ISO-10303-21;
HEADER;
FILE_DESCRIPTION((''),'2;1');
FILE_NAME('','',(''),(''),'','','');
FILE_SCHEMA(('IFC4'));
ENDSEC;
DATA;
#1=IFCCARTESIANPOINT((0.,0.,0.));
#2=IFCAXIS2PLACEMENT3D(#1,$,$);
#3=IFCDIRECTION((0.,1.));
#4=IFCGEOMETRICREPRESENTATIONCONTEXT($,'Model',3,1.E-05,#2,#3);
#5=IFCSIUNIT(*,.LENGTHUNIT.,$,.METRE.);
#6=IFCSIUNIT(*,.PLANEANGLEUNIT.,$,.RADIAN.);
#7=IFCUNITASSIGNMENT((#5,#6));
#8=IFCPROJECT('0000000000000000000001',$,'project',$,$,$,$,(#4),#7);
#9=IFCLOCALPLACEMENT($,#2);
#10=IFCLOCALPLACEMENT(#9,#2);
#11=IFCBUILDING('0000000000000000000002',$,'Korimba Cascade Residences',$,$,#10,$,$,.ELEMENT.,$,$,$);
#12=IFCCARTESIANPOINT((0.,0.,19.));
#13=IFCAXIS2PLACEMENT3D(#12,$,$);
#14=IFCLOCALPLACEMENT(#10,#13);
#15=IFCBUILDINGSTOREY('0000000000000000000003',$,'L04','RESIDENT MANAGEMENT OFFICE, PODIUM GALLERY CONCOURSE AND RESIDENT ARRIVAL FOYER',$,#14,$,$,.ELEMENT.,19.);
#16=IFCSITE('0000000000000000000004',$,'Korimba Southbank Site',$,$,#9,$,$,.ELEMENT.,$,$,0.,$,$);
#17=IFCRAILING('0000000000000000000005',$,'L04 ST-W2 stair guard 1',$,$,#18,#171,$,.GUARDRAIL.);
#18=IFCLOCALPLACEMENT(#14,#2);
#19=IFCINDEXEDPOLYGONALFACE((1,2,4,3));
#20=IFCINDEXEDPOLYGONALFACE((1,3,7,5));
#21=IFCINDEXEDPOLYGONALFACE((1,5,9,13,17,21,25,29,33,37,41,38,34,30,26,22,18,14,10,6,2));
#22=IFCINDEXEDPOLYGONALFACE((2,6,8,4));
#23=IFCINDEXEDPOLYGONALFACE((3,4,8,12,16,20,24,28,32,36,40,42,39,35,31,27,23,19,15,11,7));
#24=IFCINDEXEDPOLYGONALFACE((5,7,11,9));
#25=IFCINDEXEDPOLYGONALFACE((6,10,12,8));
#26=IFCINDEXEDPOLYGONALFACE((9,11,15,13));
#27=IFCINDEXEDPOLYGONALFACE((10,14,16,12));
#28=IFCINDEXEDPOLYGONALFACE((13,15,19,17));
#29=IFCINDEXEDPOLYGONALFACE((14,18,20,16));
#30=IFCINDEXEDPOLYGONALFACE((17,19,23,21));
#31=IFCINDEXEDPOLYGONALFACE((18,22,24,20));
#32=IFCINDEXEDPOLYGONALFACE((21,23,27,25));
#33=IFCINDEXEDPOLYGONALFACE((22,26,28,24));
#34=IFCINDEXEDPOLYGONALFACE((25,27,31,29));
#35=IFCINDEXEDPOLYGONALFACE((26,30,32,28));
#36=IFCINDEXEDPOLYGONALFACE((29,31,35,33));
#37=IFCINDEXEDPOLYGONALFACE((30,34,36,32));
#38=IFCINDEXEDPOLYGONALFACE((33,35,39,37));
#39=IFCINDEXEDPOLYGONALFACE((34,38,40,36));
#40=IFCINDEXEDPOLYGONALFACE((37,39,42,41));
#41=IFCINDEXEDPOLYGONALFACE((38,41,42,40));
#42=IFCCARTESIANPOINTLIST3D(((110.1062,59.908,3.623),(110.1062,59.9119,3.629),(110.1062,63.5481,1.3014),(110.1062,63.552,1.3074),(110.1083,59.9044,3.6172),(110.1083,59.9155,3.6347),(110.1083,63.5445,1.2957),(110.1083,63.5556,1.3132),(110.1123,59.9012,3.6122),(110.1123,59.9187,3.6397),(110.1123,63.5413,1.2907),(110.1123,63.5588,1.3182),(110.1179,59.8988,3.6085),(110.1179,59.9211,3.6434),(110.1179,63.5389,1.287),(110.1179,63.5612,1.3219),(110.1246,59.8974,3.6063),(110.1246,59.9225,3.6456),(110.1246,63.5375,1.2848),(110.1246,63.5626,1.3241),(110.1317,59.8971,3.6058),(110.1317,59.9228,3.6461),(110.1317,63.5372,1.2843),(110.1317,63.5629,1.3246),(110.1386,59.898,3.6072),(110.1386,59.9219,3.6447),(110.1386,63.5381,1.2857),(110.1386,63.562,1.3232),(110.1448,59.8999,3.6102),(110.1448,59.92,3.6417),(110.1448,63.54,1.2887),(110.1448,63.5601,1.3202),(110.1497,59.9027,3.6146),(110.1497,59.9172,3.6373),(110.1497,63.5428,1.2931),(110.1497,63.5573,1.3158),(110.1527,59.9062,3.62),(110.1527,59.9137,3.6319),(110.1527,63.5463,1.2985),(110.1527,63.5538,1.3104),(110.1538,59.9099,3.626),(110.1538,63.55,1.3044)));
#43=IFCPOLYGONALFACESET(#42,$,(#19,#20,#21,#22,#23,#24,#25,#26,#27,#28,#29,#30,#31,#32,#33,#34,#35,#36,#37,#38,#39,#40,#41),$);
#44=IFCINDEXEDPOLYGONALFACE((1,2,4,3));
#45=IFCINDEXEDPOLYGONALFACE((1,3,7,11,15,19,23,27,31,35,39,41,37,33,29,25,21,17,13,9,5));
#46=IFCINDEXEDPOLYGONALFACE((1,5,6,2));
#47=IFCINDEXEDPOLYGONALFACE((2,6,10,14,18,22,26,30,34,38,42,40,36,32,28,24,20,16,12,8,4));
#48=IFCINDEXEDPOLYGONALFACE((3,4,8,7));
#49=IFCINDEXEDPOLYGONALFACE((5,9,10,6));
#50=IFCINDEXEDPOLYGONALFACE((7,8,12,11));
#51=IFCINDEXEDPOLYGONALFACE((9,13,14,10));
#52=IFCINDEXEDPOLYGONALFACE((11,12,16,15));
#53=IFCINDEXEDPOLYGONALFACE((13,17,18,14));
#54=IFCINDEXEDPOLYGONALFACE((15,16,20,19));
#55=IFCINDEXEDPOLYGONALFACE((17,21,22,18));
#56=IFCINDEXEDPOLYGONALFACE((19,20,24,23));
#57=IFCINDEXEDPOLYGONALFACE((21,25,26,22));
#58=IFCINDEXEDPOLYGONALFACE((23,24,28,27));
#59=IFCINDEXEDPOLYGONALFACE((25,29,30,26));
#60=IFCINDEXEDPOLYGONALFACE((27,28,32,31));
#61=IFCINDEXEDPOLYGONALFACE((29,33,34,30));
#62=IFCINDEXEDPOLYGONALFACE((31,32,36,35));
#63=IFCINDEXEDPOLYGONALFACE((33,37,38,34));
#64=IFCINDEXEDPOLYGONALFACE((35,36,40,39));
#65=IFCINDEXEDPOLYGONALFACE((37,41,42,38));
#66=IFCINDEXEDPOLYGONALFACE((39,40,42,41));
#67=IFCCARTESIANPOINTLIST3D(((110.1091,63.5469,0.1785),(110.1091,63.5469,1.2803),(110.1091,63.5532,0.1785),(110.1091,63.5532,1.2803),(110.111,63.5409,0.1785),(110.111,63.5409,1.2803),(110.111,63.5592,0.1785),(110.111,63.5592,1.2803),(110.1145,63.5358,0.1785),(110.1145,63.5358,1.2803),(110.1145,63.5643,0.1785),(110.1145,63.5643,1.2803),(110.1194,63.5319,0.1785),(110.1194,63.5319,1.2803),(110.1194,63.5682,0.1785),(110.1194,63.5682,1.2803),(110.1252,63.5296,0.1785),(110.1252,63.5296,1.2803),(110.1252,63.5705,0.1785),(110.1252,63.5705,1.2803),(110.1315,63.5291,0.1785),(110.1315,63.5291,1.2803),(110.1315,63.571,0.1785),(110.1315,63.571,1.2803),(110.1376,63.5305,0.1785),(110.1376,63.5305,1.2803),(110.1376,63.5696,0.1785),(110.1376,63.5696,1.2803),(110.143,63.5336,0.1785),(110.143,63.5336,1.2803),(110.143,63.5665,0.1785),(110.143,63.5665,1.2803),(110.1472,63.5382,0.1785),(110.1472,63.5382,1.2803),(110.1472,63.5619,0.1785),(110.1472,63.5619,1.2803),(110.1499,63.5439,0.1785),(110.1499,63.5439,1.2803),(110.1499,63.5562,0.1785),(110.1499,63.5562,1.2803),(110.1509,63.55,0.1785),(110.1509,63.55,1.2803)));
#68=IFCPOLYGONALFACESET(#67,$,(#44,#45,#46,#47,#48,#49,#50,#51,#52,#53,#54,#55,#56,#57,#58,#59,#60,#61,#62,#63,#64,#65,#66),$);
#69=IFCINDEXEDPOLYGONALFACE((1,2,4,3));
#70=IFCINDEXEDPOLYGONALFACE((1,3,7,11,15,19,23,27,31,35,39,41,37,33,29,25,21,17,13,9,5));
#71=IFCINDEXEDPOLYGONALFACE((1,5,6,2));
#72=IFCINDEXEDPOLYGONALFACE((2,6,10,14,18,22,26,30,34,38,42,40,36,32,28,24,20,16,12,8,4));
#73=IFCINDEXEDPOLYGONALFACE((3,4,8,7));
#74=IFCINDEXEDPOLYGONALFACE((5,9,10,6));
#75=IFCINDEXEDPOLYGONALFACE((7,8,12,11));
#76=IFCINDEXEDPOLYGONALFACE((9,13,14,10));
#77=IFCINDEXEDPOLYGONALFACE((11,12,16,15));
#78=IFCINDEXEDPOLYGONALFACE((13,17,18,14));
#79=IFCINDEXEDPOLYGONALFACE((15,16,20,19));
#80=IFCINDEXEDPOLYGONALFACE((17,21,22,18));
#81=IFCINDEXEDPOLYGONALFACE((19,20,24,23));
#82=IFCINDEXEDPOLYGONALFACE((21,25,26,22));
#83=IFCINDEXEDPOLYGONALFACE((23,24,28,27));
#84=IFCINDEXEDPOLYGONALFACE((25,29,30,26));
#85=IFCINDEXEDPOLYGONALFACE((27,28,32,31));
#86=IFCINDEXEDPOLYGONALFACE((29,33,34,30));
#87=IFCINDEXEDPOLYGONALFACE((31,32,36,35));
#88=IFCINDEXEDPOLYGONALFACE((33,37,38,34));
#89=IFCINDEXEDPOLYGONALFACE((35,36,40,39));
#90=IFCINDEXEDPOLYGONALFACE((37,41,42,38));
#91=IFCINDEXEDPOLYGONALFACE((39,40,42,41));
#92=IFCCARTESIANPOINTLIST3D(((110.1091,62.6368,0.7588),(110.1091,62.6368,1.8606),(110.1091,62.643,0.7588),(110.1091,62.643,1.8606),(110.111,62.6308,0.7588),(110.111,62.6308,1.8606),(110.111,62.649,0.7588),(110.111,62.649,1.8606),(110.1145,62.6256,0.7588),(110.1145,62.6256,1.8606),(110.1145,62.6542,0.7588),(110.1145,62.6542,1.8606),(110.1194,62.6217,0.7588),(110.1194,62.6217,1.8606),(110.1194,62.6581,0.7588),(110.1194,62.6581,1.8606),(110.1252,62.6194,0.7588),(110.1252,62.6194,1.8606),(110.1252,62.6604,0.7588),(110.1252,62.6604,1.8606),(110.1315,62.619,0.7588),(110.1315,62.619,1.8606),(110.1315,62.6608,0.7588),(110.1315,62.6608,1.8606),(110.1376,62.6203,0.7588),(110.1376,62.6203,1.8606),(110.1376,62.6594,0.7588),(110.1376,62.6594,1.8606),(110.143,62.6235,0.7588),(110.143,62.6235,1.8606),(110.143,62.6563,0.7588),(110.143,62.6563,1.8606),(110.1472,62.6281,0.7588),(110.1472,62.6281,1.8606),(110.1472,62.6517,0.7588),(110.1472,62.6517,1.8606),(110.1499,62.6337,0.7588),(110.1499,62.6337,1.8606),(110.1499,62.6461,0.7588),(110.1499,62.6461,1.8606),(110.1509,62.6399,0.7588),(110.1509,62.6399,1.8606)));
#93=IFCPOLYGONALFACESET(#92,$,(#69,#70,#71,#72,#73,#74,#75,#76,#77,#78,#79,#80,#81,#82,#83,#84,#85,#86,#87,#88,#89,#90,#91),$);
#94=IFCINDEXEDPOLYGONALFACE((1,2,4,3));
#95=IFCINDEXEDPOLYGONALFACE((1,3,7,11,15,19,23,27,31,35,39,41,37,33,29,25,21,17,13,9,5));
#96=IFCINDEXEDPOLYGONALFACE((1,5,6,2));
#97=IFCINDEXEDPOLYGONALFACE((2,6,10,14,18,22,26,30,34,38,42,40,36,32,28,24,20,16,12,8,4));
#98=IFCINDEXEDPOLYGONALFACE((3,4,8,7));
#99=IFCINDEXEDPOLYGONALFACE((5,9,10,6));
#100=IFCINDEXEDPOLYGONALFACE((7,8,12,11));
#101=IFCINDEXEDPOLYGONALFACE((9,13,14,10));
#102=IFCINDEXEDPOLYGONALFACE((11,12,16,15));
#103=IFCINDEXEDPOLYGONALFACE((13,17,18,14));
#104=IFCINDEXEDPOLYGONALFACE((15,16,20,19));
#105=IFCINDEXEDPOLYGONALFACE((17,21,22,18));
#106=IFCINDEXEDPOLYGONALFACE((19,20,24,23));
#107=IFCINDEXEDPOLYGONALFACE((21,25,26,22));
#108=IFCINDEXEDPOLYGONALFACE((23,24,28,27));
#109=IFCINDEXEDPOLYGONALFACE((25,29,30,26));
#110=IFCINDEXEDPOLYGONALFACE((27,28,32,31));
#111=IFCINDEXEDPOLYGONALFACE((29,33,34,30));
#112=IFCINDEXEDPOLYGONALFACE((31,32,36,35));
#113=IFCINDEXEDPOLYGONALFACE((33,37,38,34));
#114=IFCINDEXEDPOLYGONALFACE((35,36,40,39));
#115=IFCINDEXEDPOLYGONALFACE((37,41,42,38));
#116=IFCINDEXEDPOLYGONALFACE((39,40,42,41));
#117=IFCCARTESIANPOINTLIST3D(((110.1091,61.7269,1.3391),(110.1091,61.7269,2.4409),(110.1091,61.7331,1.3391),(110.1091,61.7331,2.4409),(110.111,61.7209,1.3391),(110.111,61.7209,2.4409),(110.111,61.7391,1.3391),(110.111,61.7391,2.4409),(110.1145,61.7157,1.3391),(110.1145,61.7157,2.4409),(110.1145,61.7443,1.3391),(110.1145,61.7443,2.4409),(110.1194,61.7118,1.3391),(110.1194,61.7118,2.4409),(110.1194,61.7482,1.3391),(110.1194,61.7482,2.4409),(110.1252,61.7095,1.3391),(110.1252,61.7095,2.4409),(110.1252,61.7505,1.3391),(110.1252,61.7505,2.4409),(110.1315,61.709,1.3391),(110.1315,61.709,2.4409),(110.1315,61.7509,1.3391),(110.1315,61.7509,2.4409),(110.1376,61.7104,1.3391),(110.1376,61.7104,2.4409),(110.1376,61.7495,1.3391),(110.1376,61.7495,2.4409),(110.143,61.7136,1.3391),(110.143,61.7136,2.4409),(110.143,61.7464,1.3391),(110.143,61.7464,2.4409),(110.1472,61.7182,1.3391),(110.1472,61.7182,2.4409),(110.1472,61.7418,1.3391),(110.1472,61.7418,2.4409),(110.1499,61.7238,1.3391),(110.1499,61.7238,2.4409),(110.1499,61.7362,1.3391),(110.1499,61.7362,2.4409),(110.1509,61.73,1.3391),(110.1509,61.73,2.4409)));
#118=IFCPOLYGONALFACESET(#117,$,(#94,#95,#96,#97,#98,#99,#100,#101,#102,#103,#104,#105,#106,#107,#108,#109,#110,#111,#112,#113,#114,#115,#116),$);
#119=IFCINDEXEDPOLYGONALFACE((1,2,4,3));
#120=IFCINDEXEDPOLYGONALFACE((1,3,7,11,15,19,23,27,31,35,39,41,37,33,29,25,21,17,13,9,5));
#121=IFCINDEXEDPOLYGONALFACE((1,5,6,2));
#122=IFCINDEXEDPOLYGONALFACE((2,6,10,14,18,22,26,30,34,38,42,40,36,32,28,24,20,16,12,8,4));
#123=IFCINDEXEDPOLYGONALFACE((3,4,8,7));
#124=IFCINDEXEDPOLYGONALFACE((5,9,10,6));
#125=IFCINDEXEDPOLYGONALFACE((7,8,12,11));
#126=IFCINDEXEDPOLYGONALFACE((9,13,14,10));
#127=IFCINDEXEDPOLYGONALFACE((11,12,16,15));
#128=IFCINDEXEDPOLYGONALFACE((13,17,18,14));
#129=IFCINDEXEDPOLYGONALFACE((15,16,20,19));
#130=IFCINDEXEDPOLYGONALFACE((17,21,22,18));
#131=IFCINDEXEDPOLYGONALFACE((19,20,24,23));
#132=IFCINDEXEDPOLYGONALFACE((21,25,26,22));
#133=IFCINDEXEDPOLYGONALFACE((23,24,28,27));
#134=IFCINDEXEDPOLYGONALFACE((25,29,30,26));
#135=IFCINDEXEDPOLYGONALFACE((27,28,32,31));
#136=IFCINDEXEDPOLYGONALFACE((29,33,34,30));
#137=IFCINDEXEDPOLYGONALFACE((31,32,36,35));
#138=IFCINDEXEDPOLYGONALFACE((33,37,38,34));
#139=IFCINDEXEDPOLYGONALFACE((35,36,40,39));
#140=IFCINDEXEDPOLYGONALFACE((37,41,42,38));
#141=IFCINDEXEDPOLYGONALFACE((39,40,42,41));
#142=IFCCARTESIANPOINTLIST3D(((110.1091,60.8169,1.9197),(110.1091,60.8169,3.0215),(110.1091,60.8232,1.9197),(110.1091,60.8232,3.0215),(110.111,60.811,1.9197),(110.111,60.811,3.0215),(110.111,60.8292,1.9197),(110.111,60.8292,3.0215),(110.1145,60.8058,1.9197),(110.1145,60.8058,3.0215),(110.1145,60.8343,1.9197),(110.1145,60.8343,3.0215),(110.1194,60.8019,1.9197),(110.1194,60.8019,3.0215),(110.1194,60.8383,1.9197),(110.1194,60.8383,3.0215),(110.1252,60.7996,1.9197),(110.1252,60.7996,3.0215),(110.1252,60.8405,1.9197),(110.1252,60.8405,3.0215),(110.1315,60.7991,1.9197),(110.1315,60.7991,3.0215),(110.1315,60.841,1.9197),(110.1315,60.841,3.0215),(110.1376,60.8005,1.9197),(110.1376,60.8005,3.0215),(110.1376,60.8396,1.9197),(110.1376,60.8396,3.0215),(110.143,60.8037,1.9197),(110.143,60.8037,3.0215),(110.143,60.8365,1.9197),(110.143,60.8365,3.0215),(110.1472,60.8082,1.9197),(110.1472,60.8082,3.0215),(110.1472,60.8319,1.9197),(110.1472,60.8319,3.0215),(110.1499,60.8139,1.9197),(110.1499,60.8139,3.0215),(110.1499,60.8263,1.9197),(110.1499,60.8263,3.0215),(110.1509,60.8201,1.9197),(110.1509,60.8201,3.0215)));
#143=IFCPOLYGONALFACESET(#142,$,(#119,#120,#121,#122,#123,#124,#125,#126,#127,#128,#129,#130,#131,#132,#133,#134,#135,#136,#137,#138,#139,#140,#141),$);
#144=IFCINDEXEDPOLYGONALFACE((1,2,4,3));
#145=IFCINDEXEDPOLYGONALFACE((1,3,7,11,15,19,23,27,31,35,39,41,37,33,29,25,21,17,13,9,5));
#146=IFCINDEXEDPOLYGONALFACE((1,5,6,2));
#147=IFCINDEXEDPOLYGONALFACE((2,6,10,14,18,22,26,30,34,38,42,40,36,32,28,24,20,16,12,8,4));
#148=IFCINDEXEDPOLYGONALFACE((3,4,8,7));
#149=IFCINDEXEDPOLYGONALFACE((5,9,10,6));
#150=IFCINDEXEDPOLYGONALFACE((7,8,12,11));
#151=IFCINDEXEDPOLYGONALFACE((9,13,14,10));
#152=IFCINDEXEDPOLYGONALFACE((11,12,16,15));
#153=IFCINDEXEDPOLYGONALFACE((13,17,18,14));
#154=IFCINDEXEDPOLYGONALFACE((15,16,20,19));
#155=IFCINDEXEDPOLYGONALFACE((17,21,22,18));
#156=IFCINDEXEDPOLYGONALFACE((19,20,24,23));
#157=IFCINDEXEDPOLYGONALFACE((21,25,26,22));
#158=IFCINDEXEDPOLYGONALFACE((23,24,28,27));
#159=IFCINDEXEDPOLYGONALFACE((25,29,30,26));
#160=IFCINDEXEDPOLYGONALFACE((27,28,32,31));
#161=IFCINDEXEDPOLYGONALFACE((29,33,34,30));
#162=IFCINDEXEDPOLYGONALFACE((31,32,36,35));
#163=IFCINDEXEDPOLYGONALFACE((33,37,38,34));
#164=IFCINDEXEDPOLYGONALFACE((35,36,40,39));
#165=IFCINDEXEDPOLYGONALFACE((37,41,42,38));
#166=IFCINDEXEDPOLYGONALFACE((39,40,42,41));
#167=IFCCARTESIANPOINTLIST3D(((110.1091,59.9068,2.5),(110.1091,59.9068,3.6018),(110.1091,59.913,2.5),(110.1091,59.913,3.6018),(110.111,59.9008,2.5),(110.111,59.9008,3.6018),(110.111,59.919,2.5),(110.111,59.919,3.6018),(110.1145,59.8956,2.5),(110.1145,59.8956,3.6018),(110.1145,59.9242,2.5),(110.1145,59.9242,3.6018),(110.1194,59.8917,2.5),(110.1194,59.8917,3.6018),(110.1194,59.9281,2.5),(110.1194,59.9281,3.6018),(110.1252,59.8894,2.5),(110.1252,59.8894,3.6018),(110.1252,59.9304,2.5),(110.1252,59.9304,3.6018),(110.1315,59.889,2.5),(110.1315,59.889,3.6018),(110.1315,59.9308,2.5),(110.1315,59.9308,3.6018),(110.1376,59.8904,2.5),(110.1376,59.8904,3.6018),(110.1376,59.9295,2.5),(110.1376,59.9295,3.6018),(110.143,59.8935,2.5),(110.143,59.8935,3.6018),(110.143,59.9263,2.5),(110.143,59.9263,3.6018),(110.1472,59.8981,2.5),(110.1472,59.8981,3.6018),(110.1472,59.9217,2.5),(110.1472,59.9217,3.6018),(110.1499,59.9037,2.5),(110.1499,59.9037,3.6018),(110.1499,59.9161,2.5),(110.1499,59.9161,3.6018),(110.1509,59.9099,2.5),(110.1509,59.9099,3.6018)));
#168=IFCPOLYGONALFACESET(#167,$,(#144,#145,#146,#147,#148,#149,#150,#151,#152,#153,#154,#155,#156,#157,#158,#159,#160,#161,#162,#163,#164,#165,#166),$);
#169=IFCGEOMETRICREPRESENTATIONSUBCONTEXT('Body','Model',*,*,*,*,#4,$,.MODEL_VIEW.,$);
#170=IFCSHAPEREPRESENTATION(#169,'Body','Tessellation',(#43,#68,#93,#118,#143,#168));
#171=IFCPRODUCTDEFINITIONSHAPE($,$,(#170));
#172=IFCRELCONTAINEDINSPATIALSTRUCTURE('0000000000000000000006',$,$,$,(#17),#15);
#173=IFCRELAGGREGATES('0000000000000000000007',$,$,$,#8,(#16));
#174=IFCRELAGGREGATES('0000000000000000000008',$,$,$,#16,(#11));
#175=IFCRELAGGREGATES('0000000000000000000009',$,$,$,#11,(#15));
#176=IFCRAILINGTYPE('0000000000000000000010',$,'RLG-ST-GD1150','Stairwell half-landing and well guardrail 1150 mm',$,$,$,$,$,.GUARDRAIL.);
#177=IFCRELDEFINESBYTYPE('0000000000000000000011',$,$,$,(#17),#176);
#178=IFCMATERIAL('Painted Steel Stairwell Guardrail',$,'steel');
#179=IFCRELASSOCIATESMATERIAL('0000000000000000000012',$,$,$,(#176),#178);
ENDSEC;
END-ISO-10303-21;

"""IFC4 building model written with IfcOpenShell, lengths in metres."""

from ifc_helpers import new_model, si_unit, direction, frame, origin, origin_2d, place, context, subcontext, project, spatial, circle, extrude, material, type_object, element, save


model = new_model("IFC4")

# Units and contexts
model_context = context("Model", 3, precision=1e-05, world=origin(), true_north=direction((0.0, 1.0)))
body_context = subcontext(model_context, "Body", "Model", "MODEL_VIEW")
ifc_project = project(units=[si_unit("LENGTHUNIT", "METRE"), si_unit("PLANEANGLEUNIT", "RADIAN")], contexts=[model_context])

# Site, building, storey
site_placement = place(None, origin())
site = spatial("IfcSite", under=ifc_project, at=site_placement, Name="Korimba Southbank Site", CompositionType="ELEMENT", RefElevation=0.0)
building_placement = place(site_placement, origin())
building = spatial("IfcBuilding", under=site, at=building_placement, Name="Korimba Cascade Residences", CompositionType="ELEMENT")
storey_placement = place(building_placement, frame((0.0, 0.0, 19.0)))
storey = spatial("IfcBuildingStorey", under=building, at=storey_placement, Name="L04", Description="RESIDENT MANAGEMENT OFFICE, PODIUM GALLERY CONCOURSE AND RESIDENT ARRIVAL FOYER", CompositionType="ELEMENT", Elevation=19.0)

# Railing
ifc_material_1 = material(Name="Painted Steel Stairwell Guardrail", Category="steel")
railing_type_1 = type_object("IfcRailingType", Name="RLG-ST-GD1150", Description="Stairwell half-landing and well guardrail 1150 mm", PredefinedType="GUARDRAIL", material=ifc_material_1)
railing_1_placement = place(storey_placement, frame((110.1299, 63.55, 0.1785)))
element("IfcRailing", 1, at=railing_1_placement, inside=storey, type_object=railing_type_1, Name="L04 ST-W2 stair guard 1", PredefinedType="GUARDRAIL", context=body_context, shape_type="SweptSolid", body=[
    extrude(circle(Radius=0.0239, at=origin_2d()), frame((0.0, 0.0, 1.126), z_axis=(0.0, -0.843128, 0.537713), x_axis=(1.0, 0.0, 0.0)), (0.0, 0.0, 1.0), 4.3174),
    extrude(circle(Radius=0.021, at=origin_2d()), origin(), (0.0, 0.0, 1.0), 1.1018),
    extrude(circle(Radius=0.021, at=origin_2d()), frame((0.0, -0.9102, 0.5803)), (0.0, 0.0, 1.0), 1.1018),
    extrude(circle(Radius=0.021, at=origin_2d()), frame((0.0, -1.8201, 1.1606)), (0.0, 0.0, 1.0), 1.1018),
    extrude(circle(Radius=0.021, at=origin_2d()), frame((0.0, -2.73, 1.7412)), (0.0, 0.0, 1.0), 1.1018),
    extrude(circle(Radius=0.021, at=origin_2d()), frame((0.0, -3.6401, 2.3215)), (0.0, 0.0, 1.0), 1.1018),
])

save(model, "model.ifc")
